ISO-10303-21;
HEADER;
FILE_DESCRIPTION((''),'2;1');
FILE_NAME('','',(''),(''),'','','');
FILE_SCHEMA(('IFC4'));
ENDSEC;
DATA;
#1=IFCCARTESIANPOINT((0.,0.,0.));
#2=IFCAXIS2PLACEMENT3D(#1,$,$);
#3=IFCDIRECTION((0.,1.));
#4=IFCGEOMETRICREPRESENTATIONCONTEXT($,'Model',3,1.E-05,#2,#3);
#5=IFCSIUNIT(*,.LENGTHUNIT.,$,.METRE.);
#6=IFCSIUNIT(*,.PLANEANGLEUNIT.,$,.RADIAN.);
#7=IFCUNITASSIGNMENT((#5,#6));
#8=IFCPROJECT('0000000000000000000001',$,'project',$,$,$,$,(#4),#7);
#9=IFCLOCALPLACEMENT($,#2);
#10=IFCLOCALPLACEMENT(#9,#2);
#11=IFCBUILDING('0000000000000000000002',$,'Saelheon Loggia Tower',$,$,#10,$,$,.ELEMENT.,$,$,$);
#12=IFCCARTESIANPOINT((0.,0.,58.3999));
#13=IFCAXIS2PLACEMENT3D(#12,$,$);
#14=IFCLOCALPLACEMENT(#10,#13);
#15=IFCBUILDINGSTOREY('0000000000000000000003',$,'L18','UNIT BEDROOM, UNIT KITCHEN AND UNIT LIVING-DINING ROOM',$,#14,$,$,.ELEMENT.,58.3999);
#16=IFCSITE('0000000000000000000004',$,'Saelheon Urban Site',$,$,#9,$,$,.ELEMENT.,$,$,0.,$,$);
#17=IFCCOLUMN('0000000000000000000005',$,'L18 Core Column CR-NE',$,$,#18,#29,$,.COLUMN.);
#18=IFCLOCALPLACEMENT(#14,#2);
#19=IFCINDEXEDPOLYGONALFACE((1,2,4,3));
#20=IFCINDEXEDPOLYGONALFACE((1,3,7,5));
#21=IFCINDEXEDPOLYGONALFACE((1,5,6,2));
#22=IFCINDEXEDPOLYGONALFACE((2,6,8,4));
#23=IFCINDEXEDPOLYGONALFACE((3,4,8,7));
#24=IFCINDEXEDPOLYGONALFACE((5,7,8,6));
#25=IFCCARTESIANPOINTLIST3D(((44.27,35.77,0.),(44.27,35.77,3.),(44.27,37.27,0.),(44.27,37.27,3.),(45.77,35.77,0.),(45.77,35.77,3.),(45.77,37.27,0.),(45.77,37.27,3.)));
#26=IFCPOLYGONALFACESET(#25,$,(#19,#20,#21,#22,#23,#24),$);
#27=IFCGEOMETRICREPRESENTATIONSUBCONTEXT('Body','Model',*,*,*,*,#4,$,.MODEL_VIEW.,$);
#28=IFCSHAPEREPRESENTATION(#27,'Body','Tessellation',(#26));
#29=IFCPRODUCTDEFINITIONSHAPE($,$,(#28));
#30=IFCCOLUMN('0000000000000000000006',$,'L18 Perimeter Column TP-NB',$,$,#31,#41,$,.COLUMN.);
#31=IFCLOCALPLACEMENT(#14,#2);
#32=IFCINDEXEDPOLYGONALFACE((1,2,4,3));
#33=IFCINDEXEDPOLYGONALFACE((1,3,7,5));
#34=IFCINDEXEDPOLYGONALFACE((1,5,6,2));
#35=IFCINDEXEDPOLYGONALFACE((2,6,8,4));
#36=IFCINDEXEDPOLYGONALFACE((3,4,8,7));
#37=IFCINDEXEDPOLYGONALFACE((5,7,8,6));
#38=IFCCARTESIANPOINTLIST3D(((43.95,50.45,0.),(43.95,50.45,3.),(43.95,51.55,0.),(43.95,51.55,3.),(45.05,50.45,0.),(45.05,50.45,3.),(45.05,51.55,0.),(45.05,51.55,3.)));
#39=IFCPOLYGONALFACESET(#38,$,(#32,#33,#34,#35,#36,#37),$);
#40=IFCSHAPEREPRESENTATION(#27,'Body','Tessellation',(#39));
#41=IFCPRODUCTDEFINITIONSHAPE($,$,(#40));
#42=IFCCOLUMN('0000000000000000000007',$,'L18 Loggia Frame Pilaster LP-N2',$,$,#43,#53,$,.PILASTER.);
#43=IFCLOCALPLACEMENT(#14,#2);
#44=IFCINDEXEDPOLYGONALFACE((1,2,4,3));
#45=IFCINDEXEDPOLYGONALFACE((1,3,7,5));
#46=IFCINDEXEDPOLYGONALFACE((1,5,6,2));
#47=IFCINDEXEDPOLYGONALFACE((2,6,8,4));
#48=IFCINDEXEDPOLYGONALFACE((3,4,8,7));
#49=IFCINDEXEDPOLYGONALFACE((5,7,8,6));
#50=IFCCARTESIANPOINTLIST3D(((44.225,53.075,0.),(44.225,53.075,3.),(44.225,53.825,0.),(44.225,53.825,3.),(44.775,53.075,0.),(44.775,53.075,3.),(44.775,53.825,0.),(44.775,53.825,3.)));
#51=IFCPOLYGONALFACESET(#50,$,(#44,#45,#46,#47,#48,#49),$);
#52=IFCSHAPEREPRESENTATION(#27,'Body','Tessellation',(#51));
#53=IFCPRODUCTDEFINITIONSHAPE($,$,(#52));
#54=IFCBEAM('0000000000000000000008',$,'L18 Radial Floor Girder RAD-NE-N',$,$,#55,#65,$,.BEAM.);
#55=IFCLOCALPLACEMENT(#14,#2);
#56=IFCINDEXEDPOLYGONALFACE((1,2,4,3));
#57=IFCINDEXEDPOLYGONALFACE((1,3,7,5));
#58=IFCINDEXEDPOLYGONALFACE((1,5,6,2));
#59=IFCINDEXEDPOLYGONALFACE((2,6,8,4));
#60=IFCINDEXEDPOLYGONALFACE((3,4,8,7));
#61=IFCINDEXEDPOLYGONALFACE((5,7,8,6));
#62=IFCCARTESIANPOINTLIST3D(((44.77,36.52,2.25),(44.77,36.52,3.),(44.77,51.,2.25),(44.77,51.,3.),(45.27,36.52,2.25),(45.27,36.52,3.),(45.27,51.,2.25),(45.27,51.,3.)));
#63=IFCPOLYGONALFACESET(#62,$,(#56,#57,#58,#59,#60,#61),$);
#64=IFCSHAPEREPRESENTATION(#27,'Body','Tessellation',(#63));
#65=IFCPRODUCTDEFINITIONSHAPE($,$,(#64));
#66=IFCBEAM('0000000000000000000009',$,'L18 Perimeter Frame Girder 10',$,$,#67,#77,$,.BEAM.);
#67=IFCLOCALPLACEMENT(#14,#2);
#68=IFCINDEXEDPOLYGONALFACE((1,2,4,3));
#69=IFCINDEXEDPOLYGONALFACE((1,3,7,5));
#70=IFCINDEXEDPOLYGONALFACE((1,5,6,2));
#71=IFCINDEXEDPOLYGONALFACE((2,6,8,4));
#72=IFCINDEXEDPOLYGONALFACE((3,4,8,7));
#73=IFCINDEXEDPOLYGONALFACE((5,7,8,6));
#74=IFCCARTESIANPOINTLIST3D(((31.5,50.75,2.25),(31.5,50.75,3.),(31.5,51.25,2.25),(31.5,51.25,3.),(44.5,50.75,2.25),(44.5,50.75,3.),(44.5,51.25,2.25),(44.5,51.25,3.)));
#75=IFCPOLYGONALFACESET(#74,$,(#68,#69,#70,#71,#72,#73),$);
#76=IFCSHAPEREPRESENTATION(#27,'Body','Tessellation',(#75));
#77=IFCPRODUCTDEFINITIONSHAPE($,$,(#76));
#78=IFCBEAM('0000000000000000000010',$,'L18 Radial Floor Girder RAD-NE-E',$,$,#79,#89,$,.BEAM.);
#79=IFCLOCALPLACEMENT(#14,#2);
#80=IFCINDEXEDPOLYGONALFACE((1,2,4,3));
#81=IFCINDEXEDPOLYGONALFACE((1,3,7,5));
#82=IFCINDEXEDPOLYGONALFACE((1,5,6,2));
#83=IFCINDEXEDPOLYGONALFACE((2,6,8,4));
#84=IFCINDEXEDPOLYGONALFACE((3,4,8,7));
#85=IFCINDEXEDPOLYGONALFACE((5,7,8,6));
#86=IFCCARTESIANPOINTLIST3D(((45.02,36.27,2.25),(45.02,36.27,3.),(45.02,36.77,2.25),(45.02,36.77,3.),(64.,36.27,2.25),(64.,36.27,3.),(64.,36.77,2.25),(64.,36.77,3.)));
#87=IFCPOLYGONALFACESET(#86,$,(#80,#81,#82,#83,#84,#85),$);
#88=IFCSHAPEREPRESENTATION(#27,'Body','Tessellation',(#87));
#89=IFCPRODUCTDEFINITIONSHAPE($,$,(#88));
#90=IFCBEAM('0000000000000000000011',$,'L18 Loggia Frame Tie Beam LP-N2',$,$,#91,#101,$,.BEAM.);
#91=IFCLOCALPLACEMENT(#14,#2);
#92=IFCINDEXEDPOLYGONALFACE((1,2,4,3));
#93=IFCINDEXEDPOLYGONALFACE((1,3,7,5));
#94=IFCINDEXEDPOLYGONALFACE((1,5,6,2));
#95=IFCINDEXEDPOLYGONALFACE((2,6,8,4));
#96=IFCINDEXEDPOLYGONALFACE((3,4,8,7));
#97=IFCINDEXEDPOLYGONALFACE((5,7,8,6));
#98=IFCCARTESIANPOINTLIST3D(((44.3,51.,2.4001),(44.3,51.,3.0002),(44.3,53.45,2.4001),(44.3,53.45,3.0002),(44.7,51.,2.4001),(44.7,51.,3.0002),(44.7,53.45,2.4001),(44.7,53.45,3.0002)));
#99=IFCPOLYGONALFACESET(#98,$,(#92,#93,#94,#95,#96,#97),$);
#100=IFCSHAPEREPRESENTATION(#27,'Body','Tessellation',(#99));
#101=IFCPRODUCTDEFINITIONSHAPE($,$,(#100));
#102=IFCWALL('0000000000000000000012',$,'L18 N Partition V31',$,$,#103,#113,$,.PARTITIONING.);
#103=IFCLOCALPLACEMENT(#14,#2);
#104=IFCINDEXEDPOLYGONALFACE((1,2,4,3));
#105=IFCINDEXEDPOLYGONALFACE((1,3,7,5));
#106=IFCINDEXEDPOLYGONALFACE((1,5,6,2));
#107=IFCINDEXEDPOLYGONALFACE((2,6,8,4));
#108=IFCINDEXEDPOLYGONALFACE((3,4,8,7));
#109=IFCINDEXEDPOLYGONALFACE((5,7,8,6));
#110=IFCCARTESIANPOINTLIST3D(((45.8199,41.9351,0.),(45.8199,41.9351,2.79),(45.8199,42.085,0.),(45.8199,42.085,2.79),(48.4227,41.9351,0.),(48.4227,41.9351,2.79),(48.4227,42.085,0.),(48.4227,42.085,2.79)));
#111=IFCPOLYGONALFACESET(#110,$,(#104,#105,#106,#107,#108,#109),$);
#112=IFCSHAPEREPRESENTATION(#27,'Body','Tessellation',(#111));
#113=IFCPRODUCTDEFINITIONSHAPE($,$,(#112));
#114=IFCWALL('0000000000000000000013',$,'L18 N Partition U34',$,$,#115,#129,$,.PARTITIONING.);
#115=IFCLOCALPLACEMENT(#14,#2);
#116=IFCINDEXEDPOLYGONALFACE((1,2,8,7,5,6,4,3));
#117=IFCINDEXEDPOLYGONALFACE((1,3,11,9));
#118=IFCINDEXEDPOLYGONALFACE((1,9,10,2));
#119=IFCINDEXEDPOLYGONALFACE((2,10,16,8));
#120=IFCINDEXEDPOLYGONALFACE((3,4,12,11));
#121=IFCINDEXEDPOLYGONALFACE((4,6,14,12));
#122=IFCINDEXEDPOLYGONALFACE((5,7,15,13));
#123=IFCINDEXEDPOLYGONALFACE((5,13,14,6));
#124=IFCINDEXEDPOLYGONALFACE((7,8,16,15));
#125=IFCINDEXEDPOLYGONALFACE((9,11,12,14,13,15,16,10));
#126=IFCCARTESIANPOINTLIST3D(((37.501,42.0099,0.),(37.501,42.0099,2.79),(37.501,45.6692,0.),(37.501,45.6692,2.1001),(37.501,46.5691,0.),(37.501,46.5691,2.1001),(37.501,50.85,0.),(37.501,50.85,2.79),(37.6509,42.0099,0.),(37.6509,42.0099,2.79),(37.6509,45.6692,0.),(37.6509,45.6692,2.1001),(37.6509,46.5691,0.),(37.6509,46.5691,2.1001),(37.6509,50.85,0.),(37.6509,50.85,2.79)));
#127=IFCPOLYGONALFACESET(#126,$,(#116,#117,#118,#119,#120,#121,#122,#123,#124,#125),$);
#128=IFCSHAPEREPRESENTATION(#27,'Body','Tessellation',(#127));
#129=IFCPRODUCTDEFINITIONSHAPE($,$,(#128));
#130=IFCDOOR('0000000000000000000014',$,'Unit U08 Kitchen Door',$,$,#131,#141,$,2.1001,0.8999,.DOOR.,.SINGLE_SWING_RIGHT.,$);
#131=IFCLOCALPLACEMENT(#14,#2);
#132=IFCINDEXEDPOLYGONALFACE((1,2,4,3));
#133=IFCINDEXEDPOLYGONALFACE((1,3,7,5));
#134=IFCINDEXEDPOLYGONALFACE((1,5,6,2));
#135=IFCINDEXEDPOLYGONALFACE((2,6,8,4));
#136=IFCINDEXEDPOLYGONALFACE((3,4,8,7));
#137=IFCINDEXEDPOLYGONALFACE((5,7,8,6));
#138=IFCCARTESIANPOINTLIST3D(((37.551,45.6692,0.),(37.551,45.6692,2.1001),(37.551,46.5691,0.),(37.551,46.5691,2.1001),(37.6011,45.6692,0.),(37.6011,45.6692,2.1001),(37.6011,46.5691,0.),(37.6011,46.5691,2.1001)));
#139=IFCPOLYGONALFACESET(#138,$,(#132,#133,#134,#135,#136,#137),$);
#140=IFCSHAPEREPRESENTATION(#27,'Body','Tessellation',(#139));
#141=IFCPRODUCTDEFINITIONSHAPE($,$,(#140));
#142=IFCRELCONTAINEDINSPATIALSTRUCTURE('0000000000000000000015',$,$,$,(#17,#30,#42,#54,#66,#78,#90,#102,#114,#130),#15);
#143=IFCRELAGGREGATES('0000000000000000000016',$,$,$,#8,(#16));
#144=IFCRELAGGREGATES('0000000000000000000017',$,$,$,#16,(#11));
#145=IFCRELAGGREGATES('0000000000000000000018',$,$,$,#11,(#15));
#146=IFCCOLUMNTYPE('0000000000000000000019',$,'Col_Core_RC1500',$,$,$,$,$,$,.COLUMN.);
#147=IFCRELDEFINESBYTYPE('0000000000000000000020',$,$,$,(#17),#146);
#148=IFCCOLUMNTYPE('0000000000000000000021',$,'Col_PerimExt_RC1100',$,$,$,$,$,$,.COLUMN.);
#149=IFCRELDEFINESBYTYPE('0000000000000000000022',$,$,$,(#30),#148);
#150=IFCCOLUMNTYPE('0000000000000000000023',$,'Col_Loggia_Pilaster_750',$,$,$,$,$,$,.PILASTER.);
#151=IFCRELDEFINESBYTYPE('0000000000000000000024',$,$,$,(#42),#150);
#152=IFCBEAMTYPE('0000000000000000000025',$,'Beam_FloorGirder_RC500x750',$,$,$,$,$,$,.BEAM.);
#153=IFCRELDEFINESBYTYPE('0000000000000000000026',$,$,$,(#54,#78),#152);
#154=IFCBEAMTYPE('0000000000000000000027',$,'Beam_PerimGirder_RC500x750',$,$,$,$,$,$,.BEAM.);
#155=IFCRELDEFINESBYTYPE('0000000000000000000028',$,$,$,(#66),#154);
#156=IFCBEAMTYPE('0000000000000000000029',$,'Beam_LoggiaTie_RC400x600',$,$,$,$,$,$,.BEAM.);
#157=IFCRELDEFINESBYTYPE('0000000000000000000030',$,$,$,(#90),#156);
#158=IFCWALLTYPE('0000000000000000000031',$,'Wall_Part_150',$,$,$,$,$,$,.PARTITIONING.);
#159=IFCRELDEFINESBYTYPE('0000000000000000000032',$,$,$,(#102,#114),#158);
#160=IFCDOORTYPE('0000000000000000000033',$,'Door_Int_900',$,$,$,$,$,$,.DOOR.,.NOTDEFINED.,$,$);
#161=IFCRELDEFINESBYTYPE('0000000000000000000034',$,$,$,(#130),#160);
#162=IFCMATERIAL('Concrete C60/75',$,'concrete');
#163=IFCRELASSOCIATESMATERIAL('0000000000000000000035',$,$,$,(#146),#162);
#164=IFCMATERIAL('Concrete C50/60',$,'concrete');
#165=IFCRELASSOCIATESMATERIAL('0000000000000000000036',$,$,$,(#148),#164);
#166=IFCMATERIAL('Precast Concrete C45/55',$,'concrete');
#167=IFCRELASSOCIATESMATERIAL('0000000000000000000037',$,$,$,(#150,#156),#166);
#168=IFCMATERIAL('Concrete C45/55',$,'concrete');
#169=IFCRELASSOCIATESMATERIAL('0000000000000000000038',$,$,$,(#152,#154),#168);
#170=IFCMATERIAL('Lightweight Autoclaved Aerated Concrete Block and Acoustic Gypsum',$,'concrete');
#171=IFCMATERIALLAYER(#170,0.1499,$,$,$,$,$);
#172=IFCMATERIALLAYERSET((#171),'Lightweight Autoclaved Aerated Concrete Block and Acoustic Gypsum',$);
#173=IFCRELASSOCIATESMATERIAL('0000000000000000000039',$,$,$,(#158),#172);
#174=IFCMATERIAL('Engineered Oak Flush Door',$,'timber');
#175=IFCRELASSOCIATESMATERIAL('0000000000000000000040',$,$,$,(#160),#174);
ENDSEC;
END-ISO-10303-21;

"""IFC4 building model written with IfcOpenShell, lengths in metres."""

from ifc_helpers import new_model, si_unit, direction, frame, frame_2d, origin, origin_2d, place, context, subcontext, project, spatial, rectangle, extrude, source, transform, mapped, material, layer, layer_set, material_profile, profile_set, type_object, element, fill, save


model = new_model("IFC4")

# Units and contexts
model_context = context("Model", 3, precision=1e-05, world=origin(), true_north=direction((0.0, 1.0)))
body_context = subcontext(model_context, "Body", "Model", "MODEL_VIEW")
ifc_project = project(units=[si_unit("LENGTHUNIT", "METRE"), si_unit("PLANEANGLEUNIT", "RADIAN")], contexts=[model_context])

# Site, building, storey
site_placement = place(None, origin())
site = spatial("IfcSite", under=ifc_project, at=site_placement, Name="Saelheon Urban Site", CompositionType="ELEMENT", RefElevation=0.0)
building_placement = place(site_placement, origin())
building = spatial("IfcBuilding", under=site, at=building_placement, Name="Saelheon Loggia Tower", CompositionType="ELEMENT")
storey_placement = place(building_placement, frame((0.0, 0.0, 58.3999)))
storey = spatial("IfcBuildingStorey", under=building, at=storey_placement, Name="L18", Description="UNIT BEDROOM, UNIT KITCHEN AND UNIT LIVING-DINING ROOM", CompositionType="ELEMENT", Elevation=58.3999)

# Columns
ifc_material_1 = material(Name="Concrete C60/75", Category="concrete")
ifc_material_profile_1 = material_profile(ifc_material_1, rectangle(XDim=1.5, YDim=1.5, at=origin_2d()), Name="RC-1500x1500")
ifc_profile_set_1 = profile_set([ifc_material_profile_1], Name="Concrete C60/75")
column_type_1 = type_object("IfcColumnType", Name="Col_Core_RC1500", PredefinedType="COLUMN", material=ifc_profile_set_1)
shared_shape_1 = source(origin(), body_context, "Body", "SweptSolid", [
    extrude(rectangle(XDim=1.5, YDim=1.5, at=origin_2d()), origin(), (0.0, 0.0, 1.0), 3.0),
])
column_1_placement = place(storey_placement, frame((45.02, 36.52, 0.0), z_axis=(0.0, 0.0, 1.0), x_axis=(1.0, 0.0, 0.0)))
element("IfcColumn", 1, at=column_1_placement, inside=storey, type_object=column_type_1, Name="L18 Core Column CR-NE", PredefinedType="COLUMN", context=body_context, shape_type="MappedRepresentation", body=[
    mapped(shared_shape_1, transform((0.0, 0.0, 0.0), scale=1.0)),
])
ifc_material_2 = material(Name="Concrete C50/60", Category="concrete")
ifc_material_profile_2 = material_profile(ifc_material_2, rectangle(XDim=1.1001, YDim=1.1001, at=origin_2d()), Name="RC-1100x1100")
ifc_profile_set_2 = profile_set([ifc_material_profile_2], Name="Concrete C50/60")
column_type_2 = type_object("IfcColumnType", Name="Col_PerimExt_RC1100", PredefinedType="COLUMN", material=ifc_profile_set_2)
shared_shape_2 = source(origin(), body_context, "Body", "SweptSolid", [
    extrude(rectangle(XDim=1.1001, YDim=1.1001, at=origin_2d()), origin(), (0.0, 0.0, 1.0), 3.0),
])
column_2_placement = place(storey_placement, frame((44.5, 51.0, 0.0), z_axis=(0.0, 0.0, 1.0), x_axis=(1.0, 0.0, 0.0)))
element("IfcColumn", 2, at=column_2_placement, inside=storey, type_object=column_type_2, Name="L18 Perimeter Column TP-NB", PredefinedType="COLUMN", context=body_context, shape_type="MappedRepresentation", body=[
    mapped(shared_shape_2, transform((0.0, 0.0, 0.0), scale=1.0)),
])
ifc_material_3 = material(Name="Precast Concrete C45/55", Category="concrete")
ifc_material_profile_3 = material_profile(ifc_material_3, rectangle(XDim=0.55, YDim=0.75, at=origin_2d()), Name="RC-550x750")
ifc_profile_set_3 = profile_set([ifc_material_profile_3], Name="Precast Concrete C45/55")
column_type_3 = type_object("IfcColumnType", Name="Col_Loggia_Pilaster_750", PredefinedType="PILASTER", material=ifc_profile_set_3)
shared_shape_3 = source(origin(), body_context, "Body", "SweptSolid", [
    extrude(rectangle(XDim=0.55, YDim=0.75, at=origin_2d()), origin(), (0.0, 0.0, 1.0), 3.0),
])
column_3_placement = place(storey_placement, frame((44.5, 53.45, 0.0), z_axis=(0.0, 0.0, 1.0), x_axis=(1.0, 0.0, 0.0)))
element("IfcColumn", 3, at=column_3_placement, inside=storey, type_object=column_type_3, Name="L18 Loggia Frame Pilaster LP-N2", PredefinedType="PILASTER", context=body_context, shape_type="MappedRepresentation", body=[
    mapped(shared_shape_3, transform((0.0, 0.0, 0.0), scale=1.0)),
])

# Beams
ifc_material_4 = material(Name="Concrete C45/55", Category="concrete")
ifc_material_profile_4 = material_profile(ifc_material_4, rectangle(XDim=0.5, YDim=0.75, at=origin_2d()), Name="RC-500x750")
ifc_profile_set_4 = profile_set([ifc_material_profile_4], Name="Concrete C45/55")
beam_type_1 = type_object("IfcBeamType", Name="Beam_FloorGirder_RC500x750", PredefinedType="BEAM", material=ifc_profile_set_4)
shared_shape_4 = source(origin(), body_context, "Body", "SweptSolid", [
    extrude(rectangle(XDim=0.5, YDim=0.75, at=origin_2d()), origin(), (0.0, 0.0, 1.0), 14.48),
])
beam_1_placement = place(storey_placement, frame((45.02, 36.52, 2.625), z_axis=(0.0, 1.0, 0.0), x_axis=(-1.0, 0.0, 0.0)))
element("IfcBeam", 4, at=beam_1_placement, inside=storey, type_object=beam_type_1, Name="L18 Radial Floor Girder RAD-NE-N", PredefinedType="BEAM", context=body_context, shape_type="MappedRepresentation", body=[
    mapped(shared_shape_4, transform((0.0, 0.0, 0.0), scale=1.0)),
])
ifc_material_profile_5 = material_profile(ifc_material_4, rectangle(XDim=0.5, YDim=0.75, at=origin_2d()), Name="RC-500x750")
ifc_profile_set_5 = profile_set([ifc_material_profile_5], Name="Concrete C45/55")
beam_type_2 = type_object("IfcBeamType", Name="Beam_PerimGirder_RC500x750", PredefinedType="BEAM", material=ifc_profile_set_5)
shared_shape_5 = source(origin(), body_context, "Body", "SweptSolid", [
    extrude(rectangle(XDim=0.5, YDim=0.75, at=origin_2d()), origin(), (0.0, 0.0, 1.0), 13.0),
])
beam_2_placement = place(storey_placement, frame((44.5, 51.0, 2.625), z_axis=(-1.0, 0.0, 0.0), x_axis=(0.0, -1.0, 0.0)))
element("IfcBeam", 5, at=beam_2_placement, inside=storey, type_object=beam_type_2, Name="L18 Perimeter Frame Girder 10", PredefinedType="BEAM", context=body_context, shape_type="MappedRepresentation", body=[
    mapped(shared_shape_5, transform((0.0, 0.0, 0.0), scale=1.0)),
])
shared_shape_6 = source(origin(), body_context, "Body", "SweptSolid", [
    extrude(rectangle(XDim=0.5, YDim=0.75, at=origin_2d()), origin(), (0.0, 0.0, 1.0), 18.98),
])
beam_3_placement = place(storey_placement, frame((45.02, 36.52, 2.625), z_axis=(1.0, 0.0, 0.0), x_axis=(0.0, 1.0, 0.0)))
element("IfcBeam", 6, at=beam_3_placement, inside=storey, type_object=beam_type_1, Name="L18 Radial Floor Girder RAD-NE-E", PredefinedType="BEAM", context=body_context, shape_type="MappedRepresentation", body=[
    mapped(shared_shape_6, transform((0.0, 0.0, 0.0), scale=1.0)),
])
ifc_material_profile_6 = material_profile(ifc_material_3, rectangle(XDim=0.3999, YDim=0.6001, at=origin_2d()), Name="RC-400x600")
ifc_profile_set_6 = profile_set([ifc_material_profile_6], Name="Precast Concrete C45/55")
beam_type_3 = type_object("IfcBeamType", Name="Beam_LoggiaTie_RC400x600", PredefinedType="BEAM", material=ifc_profile_set_6)
shared_shape_7 = source(origin(), body_context, "Body", "SweptSolid", [
    extrude(rectangle(XDim=0.3999, YDim=0.6001, at=origin_2d()), origin(), (0.0, 0.0, 1.0), 2.45),
])
beam_4_placement = place(storey_placement, frame((44.5, 51.0, 2.7002), z_axis=(0.0, 1.0, 0.0), x_axis=(-1.0, 0.0, 0.0)))
element("IfcBeam", 7, at=beam_4_placement, inside=storey, type_object=beam_type_3, Name="L18 Loggia Frame Tie Beam LP-N2", PredefinedType="BEAM", context=body_context, shape_type="MappedRepresentation", body=[
    mapped(shared_shape_7, transform((0.0, 0.0, 0.0), scale=1.0)),
])

# Wall
ifc_material_5 = material(Name="Lightweight Autoclaved Aerated Concrete Block and Acoustic Gypsum", Category="concrete")
ifc_layer_1 = layer(ifc_material_5, 0.1499)
ifc_layer_set_1 = layer_set([ifc_layer_1], Name="Lightweight Autoclaved Aerated Concrete Block and Acoustic Gypsum")
wall_type_1 = type_object("IfcWallType", Name="Wall_Part_150", PredefinedType="PARTITIONING", material=ifc_layer_set_1)
wall_1_placement = place(storey_placement, frame((45.8201, 42.01, 0.0), z_axis=(0.0, 0.0, 1.0), x_axis=(1.0, 0.0, 0.0)))
element("IfcWall", 8, at=wall_1_placement, inside=storey, type_object=wall_type_1, Name="L18 N Partition V31", PredefinedType="PARTITIONING", context=body_context, shape_type="SweptSolid", body=[
    extrude(rectangle(XDim=2.6028, YDim=0.1499, at=frame_2d((1.3013, 0.0))), origin(), (0.0, 0.0, 1.0), 2.79),
])

# Wall, opening, door
wall_2_placement = place(storey_placement, frame((37.5759, 42.01, 0.0), z_axis=(0.0, 0.0, 1.0), x_axis=(0.0, 1.0, 0.0)))
wall_2 = element("IfcWall", 9, at=wall_2_placement, inside=storey, type_object=wall_type_1, Name="L18 N Partition U34", PredefinedType="PARTITIONING", context=body_context, shape_type="SweptSolid", body=[
    extrude(rectangle(XDim=8.8401, YDim=0.1499, at=frame_2d((4.4199, 0.0))), origin(), (0.0, 0.0, 1.0), 2.79),
])
opening_1_placement = place(wall_2_placement, frame((3.6592, 0.0, 0.0)))
opening_1 = element("IfcOpeningElement", 10, at=opening_1_placement, cuts=wall_2, PredefinedType="OPENING", context=body_context, shape_type="SweptSolid", body=[
    extrude(rectangle(XDim=0.8999, YDim=2.1001, at=frame_2d((0.45, 1.05))), frame((0.0, 0.0869, 0.0), z_axis=(0.0, -1.0, 0.0), x_axis=(1.0, 0.0, 0.0)), (0.0, 0.0, 1.0), 0.1738),
])
ifc_material_6 = material(Name="Engineered Oak Flush Door", Category="timber")
door_type_1 = type_object("IfcDoorType", Name="Door_Int_900", OperationType="NOTDEFINED", PredefinedType="DOOR", material=ifc_material_6)
shared_shape_8 = source(origin(), body_context, "Body", "SweptSolid", [
    extrude(rectangle(XDim=0.8999, YDim=2.1001, at=frame_2d((0.45, 1.05))), frame((0.0, 0.0249, 0.0), z_axis=(0.0, -1.0, 0.0), x_axis=(1.0, 0.0, 0.0)), (0.0, 0.0, 1.0), 0.05),
])
door_1_placement = place(opening_1_placement, origin())
door_1 = element("IfcDoor", 11, at=door_1_placement, inside=storey, type_object=door_type_1, Name="Unit U08 Kitchen Door", OperationType="SINGLE_SWING_RIGHT", OverallHeight=2.1001, OverallWidth=0.8999, PredefinedType="DOOR", context=body_context, shape_type="MappedRepresentation", body=[
    mapped(shared_shape_8, transform((0.0, 0.0, 0.0), scale=1.0)),
])
fill(opening_1, door_1)

save(model, "model.ifc")
